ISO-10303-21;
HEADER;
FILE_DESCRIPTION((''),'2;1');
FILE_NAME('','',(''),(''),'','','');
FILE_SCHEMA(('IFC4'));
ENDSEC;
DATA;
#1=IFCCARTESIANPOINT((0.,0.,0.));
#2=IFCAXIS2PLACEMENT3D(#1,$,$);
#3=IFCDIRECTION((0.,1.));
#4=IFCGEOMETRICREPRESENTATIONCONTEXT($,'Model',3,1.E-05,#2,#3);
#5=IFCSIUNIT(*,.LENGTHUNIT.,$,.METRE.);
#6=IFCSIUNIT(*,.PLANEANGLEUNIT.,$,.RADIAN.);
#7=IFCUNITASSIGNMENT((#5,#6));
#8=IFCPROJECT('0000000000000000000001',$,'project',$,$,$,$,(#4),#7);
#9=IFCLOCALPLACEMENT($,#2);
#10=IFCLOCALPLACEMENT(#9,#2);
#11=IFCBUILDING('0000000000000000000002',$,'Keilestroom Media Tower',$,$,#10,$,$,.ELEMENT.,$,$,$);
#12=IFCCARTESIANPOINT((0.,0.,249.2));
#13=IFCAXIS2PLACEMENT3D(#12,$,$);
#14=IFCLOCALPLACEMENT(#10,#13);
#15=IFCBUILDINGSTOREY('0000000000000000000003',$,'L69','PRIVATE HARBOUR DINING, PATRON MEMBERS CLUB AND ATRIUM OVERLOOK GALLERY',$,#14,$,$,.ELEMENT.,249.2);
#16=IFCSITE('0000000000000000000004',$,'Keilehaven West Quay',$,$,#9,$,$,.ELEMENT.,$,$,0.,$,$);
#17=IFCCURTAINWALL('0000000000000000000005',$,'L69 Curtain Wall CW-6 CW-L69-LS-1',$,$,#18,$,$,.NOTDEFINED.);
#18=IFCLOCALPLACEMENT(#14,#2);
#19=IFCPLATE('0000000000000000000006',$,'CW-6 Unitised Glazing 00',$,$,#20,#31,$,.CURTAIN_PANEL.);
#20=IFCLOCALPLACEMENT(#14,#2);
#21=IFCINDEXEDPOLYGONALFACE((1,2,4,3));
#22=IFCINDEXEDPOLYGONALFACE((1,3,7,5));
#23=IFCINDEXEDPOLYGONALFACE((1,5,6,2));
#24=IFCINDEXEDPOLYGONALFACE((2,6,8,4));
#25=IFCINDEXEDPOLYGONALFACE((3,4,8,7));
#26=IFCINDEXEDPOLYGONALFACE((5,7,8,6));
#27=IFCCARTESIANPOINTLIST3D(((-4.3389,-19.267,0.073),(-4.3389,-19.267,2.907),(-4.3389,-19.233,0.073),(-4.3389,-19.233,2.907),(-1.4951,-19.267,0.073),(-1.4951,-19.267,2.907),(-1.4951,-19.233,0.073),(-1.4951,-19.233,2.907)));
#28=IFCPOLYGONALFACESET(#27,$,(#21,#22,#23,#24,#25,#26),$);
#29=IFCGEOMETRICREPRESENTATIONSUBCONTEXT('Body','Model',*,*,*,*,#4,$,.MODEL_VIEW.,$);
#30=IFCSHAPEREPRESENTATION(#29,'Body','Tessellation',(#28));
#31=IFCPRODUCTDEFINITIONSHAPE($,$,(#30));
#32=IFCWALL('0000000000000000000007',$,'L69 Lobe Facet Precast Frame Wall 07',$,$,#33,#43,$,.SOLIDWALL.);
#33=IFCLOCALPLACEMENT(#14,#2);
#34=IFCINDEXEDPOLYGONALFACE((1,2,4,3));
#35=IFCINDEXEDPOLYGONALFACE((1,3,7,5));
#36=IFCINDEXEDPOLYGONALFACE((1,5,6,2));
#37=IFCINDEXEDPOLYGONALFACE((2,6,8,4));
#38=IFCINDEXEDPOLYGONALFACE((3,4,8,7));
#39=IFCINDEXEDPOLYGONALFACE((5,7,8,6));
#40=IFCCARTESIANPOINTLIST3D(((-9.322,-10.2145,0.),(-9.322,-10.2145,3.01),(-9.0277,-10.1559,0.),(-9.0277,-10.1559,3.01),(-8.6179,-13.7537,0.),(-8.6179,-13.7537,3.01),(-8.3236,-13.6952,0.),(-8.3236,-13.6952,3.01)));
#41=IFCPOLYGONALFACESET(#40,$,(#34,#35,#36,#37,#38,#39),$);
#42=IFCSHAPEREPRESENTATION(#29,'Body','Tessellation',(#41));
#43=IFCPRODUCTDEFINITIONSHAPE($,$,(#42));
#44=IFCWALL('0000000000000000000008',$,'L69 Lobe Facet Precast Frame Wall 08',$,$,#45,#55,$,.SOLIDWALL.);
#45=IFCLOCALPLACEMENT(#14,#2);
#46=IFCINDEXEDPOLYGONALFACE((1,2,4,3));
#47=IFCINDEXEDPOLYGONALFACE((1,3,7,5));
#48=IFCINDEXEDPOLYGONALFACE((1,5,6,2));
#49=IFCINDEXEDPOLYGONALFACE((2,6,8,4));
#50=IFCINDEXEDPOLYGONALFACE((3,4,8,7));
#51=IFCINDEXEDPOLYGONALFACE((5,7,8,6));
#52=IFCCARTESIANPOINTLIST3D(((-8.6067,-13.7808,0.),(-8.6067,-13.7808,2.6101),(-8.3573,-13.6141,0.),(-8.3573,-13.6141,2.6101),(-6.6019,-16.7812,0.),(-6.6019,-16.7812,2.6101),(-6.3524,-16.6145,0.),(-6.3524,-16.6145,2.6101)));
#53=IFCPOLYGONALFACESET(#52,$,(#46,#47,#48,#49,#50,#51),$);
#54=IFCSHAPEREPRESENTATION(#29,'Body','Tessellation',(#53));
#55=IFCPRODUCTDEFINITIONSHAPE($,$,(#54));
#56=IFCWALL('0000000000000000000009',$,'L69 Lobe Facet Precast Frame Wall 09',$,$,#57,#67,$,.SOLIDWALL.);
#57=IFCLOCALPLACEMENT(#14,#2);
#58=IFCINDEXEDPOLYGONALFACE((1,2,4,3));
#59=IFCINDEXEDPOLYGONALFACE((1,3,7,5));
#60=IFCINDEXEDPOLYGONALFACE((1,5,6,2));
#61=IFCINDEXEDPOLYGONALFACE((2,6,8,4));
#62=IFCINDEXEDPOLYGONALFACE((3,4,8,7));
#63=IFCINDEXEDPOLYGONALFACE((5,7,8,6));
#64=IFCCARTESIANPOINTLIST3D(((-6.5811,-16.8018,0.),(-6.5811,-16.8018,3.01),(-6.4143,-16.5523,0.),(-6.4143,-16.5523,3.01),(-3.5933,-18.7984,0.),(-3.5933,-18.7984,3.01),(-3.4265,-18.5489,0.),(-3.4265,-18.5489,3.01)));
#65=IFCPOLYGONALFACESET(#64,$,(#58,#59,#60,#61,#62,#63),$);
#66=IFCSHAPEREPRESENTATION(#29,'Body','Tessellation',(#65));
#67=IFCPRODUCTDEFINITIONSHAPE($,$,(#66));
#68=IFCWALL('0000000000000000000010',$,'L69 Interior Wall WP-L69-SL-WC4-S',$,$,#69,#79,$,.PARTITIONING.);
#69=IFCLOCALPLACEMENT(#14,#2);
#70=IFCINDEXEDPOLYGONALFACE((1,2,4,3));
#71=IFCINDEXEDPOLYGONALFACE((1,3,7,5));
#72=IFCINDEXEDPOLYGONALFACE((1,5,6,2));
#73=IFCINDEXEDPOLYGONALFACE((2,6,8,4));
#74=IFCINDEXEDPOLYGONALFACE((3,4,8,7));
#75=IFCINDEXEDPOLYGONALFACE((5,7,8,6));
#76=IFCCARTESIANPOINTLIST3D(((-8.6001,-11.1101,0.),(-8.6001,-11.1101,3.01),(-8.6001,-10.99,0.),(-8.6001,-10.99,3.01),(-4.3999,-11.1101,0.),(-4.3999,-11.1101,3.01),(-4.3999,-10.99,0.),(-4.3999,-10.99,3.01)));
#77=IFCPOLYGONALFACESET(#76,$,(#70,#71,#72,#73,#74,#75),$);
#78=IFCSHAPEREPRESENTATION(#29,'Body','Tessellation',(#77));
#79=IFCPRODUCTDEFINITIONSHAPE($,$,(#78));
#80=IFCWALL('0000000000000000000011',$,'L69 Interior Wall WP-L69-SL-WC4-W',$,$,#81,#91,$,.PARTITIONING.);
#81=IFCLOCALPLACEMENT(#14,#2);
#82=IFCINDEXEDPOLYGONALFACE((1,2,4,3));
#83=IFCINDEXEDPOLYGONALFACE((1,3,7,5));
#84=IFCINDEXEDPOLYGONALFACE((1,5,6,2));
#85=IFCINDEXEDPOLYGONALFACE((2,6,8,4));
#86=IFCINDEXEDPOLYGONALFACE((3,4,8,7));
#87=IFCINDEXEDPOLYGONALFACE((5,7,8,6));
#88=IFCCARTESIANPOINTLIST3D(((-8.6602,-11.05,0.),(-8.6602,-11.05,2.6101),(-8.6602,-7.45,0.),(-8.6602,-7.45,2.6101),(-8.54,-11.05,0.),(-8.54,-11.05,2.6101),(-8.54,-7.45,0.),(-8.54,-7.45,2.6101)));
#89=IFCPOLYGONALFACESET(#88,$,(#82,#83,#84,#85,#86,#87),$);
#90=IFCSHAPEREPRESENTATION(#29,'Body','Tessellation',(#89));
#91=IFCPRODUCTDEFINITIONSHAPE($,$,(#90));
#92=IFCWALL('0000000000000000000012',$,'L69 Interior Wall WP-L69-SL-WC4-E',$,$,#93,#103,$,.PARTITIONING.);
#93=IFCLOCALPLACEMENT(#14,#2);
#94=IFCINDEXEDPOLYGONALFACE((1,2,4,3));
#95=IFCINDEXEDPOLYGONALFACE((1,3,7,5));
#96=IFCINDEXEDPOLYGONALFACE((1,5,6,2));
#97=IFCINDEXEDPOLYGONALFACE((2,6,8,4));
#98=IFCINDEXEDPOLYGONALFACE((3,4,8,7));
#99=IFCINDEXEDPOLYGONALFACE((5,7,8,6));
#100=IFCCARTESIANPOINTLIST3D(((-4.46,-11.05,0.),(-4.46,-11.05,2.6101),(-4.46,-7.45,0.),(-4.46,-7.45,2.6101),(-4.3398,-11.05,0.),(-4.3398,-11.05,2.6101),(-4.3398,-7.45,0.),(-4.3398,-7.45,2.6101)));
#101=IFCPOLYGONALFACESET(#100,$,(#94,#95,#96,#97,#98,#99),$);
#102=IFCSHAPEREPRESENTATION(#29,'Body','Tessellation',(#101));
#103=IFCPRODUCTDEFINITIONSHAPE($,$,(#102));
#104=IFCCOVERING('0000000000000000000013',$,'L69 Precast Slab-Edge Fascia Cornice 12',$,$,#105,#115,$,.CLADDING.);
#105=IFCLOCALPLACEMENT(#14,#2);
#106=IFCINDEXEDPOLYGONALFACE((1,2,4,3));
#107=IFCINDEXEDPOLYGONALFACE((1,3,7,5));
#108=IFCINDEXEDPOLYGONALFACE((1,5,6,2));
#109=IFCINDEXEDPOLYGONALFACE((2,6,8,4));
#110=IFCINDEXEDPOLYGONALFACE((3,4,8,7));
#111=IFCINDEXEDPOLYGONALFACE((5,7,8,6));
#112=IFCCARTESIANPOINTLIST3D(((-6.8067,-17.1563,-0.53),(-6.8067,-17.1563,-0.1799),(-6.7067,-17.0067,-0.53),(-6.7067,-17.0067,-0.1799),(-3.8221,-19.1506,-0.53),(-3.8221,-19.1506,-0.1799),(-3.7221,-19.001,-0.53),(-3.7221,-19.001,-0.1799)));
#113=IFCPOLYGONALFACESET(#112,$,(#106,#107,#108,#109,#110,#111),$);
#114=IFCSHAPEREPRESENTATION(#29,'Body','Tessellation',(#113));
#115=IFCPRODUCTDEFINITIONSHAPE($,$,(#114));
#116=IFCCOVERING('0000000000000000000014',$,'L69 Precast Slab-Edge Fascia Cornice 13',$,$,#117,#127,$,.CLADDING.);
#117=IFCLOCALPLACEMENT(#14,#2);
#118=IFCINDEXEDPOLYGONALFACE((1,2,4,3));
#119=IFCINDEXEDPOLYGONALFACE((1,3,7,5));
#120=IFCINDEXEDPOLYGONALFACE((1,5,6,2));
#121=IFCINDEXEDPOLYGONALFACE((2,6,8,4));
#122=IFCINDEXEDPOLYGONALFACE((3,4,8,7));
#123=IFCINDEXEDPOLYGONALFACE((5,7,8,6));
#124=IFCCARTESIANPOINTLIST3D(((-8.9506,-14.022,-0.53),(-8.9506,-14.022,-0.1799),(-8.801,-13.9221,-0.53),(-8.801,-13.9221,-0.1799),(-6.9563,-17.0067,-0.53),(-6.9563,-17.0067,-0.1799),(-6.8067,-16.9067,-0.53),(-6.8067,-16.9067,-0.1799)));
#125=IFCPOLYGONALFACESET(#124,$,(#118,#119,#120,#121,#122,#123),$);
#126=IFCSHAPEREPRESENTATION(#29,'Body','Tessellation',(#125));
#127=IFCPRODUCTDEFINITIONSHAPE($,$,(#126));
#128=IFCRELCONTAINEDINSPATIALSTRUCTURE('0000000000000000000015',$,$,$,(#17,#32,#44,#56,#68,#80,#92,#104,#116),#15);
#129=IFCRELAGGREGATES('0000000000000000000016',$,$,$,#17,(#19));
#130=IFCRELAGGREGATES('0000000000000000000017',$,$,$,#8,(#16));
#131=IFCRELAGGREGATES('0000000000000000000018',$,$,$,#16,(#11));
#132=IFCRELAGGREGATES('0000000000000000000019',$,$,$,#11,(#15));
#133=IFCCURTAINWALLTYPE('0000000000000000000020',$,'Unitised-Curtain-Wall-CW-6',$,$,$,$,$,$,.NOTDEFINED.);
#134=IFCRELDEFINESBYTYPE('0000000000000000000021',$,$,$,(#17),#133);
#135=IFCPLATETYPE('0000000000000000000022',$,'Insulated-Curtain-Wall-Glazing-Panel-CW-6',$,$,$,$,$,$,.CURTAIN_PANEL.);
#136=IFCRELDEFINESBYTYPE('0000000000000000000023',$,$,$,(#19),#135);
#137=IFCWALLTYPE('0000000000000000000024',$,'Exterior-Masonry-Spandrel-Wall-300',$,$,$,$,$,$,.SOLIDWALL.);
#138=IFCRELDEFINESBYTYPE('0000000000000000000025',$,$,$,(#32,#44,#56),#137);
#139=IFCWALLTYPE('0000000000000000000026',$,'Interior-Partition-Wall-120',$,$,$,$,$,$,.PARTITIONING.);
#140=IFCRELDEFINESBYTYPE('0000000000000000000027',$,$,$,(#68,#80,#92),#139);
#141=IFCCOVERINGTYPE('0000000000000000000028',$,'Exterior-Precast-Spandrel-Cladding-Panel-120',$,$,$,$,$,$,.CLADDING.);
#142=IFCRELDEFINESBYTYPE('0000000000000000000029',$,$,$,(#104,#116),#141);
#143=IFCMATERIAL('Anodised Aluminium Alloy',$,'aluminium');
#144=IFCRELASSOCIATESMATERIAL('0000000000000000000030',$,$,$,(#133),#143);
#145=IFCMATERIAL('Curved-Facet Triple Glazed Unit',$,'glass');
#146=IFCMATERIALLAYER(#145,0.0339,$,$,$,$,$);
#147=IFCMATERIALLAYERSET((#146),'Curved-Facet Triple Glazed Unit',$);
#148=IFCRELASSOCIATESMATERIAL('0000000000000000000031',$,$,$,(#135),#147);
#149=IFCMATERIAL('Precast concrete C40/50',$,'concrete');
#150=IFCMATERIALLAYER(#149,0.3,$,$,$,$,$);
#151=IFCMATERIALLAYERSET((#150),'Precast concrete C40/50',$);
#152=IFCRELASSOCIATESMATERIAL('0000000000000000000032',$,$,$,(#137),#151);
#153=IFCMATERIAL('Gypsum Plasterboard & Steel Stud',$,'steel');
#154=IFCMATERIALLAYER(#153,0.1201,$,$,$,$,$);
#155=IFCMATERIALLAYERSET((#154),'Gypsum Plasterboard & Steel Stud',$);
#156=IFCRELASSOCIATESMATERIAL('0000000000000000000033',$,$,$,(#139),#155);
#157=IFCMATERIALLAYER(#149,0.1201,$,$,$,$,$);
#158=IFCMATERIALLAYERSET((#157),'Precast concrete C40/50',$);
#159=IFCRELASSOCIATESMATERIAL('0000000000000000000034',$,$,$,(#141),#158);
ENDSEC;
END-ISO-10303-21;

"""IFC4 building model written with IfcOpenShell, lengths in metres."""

from ifc_helpers import new_model, si_unit, direction, frame, frame_2d, origin, origin_2d, place, context, subcontext, project, spatial, rectangle, extrude, source, transform, mapped, material, layer, layer_set, type_object, element, aggregate, save


model = new_model("IFC4")

# Units and contexts
model_context = context("Model", 3, precision=1e-05, world=origin(), true_north=direction((0.0, 1.0)))
body_context = subcontext(model_context, "Body", "Model", "MODEL_VIEW")
ifc_project = project(units=[si_unit("LENGTHUNIT", "METRE"), si_unit("PLANEANGLEUNIT", "RADIAN")], contexts=[model_context])

# Site, building, storey
site_placement = place(None, origin())
site = spatial("IfcSite", under=ifc_project, at=site_placement, Name="Keilehaven West Quay", CompositionType="ELEMENT", RefElevation=0.0)
building_placement = place(site_placement, origin())
building = spatial("IfcBuilding", under=site, at=building_placement, Name="Keilestroom Media Tower", CompositionType="ELEMENT")
storey_placement = place(building_placement, frame((0.0, 0.0, 249.2)))
storey = spatial("IfcBuildingStorey", under=building, at=storey_placement, Name="L69", Description="PRIVATE HARBOUR DINING, PATRON MEMBERS CLUB AND ATRIUM OVERLOOK GALLERY", CompositionType="ELEMENT", Elevation=249.2)

# Curtain wall, plate
ifc_material_1 = material(Name="Anodised Aluminium Alloy", Category="aluminium")
curtain_wall_type = type_object("IfcCurtainWallType", Name="Unitised-Curtain-Wall-CW-6", PredefinedType="NOTDEFINED", material=ifc_material_1)
curtain_wall_placement = place(storey_placement, origin())
curtain_wall = element("IfcCurtainWall", 1, at=curtain_wall_placement, inside=storey, type_object=curtain_wall_type, Name="L69 Curtain Wall CW-6 CW-L69-LS-1", PredefinedType="NOTDEFINED")
ifc_material_2 = material(Name="Curved-Facet Triple Glazed Unit", Category="glass")
ifc_layer_1 = layer(ifc_material_2, 0.0339)
ifc_layer_set_1 = layer_set([ifc_layer_1], Name="Curved-Facet Triple Glazed Unit")
plate_type = type_object("IfcPlateType", Name="Insulated-Curtain-Wall-Glazing-Panel-CW-6", PredefinedType="CURTAIN_PANEL", material=ifc_layer_set_1)
shared_shape_1 = source(origin(), body_context, "Body", "SweptSolid", [
    extrude(rectangle(XDim=2.8438, YDim=0.0339, at=origin_2d()), origin(), (0.0, 0.0, 1.0), 2.834),
])
plate_placement = place(storey_placement, frame((-2.917, -19.25, 0.073), z_axis=(0.0, 0.0, 1.0), x_axis=(1.0, 0.0, 0.0)))
plate = element("IfcPlate", 2, at=plate_placement, type_object=plate_type, Name="CW-6 Unitised Glazing 00", PredefinedType="CURTAIN_PANEL", context=body_context, shape_type="MappedRepresentation", body=[
    mapped(shared_shape_1, transform((0.0, 0.0, 0.0), x_axis=(1.0, 0.0, 0.0), y_axis=(0.0, 1.0, 0.0), z_axis=(0.0, 0.0, 1.0), scale=1.0)),
])
aggregate(curtain_wall, [plate])

# Walls
ifc_material_3 = material(Name="Precast concrete C40/50", Category="concrete")
ifc_layer_2 = layer(ifc_material_3, 0.3)
ifc_layer_set_2 = layer_set([ifc_layer_2], Name="Precast concrete C40/50")
wall_type_1 = type_object("IfcWallType", Name="Exterior-Masonry-Spandrel-Wall-300", PredefinedType="SOLIDWALL", material=ifc_layer_set_2)
wall_1_placement = place(storey_placement, frame((-9.1748, -10.1853, 0.0), z_axis=(0.0, 0.0, 1.0), x_axis=(0.195114, -0.980781, 0.0)))
element("IfcWall", 3, at=wall_1_placement, inside=storey, type_object=wall_type_1, Name="L69 Lobe Facet Precast Frame Wall 07", PredefinedType="SOLIDWALL", context=body_context, shape_type="SweptSolid", body=[
    extrude(rectangle(XDim=3.6086, YDim=0.3, at=frame_2d((1.8042, 0.0))), origin(), (0.0, 0.0, 1.0), 3.01),
])
wall_2_placement = place(storey_placement, frame((-8.4819, -13.6975, 0.0), z_axis=(0.0, 0.0, 1.0), x_axis=(0.555574, -0.831467, 0.0)))
element("IfcWall", 4, at=wall_2_placement, inside=storey, type_object=wall_type_1, Name="L69 Lobe Facet Precast Frame Wall 08", PredefinedType="SOLIDWALL", context=body_context, shape_type="SweptSolid", body=[
    extrude(rectangle(XDim=3.6086, YDim=0.3, at=frame_2d((1.8042, 0.0))), origin(), (0.0, 0.0, 1.0), 2.6101),
])
wall_3_placement = place(storey_placement, frame((-6.4978, -16.677, 0.0), z_axis=(0.0, 0.0, 1.0), x_axis=(0.831444, -0.555609, 0.0)))
element("IfcWall", 5, at=wall_3_placement, inside=storey, type_object=wall_type_1, Name="L69 Lobe Facet Precast Frame Wall 09", PredefinedType="SOLIDWALL", context=body_context, shape_type="SweptSolid", body=[
    extrude(rectangle(XDim=3.5935, YDim=0.3, at=frame_2d((1.7969, 0.0))), origin(), (0.0, 0.0, 1.0), 3.01),
])
ifc_material_4 = material(Name="Gypsum Plasterboard & Steel Stud", Category="steel")
ifc_layer_3 = layer(ifc_material_4, 0.1201)
ifc_layer_set_3 = layer_set([ifc_layer_3], Name="Gypsum Plasterboard & Steel Stud")
wall_type_2 = type_object("IfcWallType", Name="Interior-Partition-Wall-120", PredefinedType="PARTITIONING", material=ifc_layer_set_3)
wall_4_placement = place(storey_placement, frame((-8.6001, -11.05, 0.0), z_axis=(0.0, 0.0, 1.0), x_axis=(1.0, 0.0, 0.0)))
element("IfcWall", 6, at=wall_4_placement, inside=storey, type_object=wall_type_2, Name="L69 Interior Wall WP-L69-SL-WC4-S", PredefinedType="PARTITIONING", context=body_context, shape_type="SweptSolid", body=[
    extrude(rectangle(XDim=4.2002, YDim=0.1201, at=frame_2d((2.1001, 0.0))), origin(), (0.0, 0.0, 1.0), 3.01),
])
for number, where, z_axis, x_axis, name in (
    (7, (-8.6001, -11.05, 0.0), (0.0, 0.0, 1.0), (0.0, 1.0, 0.0), "L69 Interior Wall WP-L69-SL-WC4-W"),
    (8, (-4.3999, -11.05, 0.0), (0.0, 0.0, 1.0), (0.0, 1.0, 0.0), "L69 Interior Wall WP-L69-SL-WC4-E"),
):
    element("IfcWall", number, at=place(storey_placement, frame(where, z_axis=z_axis, x_axis=x_axis)), inside=storey, type_object=wall_type_2, Name=name, PredefinedType="PARTITIONING", context=body_context, shape_type="SweptSolid", body=[
        extrude(rectangle(XDim=3.6001, YDim=0.1201, at=frame_2d((1.8, 0.0))), origin(), (0.0, 0.0, 1.0), 2.6101),
    ])

# Coverings
ifc_layer_4 = layer(ifc_material_3, 0.1201)
ifc_layer_set_4 = layer_set([ifc_layer_4], Name="Precast concrete C40/50")
covering_type = type_object("IfcCoveringType", Name="Exterior-Precast-Spandrel-Cladding-Panel-120", PredefinedType="CLADDING", material=ifc_layer_set_4)
shared_shape_2 = source(origin(), body_context, "Body", "SweptSolid", [
    extrude(rectangle(XDim=3.5896, YDim=0.1799, at=origin_2d()), origin(), (0.0, 0.0, 1.0), 0.3501),
])
for number, where, z_axis, x_axis, name in (
    (9, (-5.2644, -18.0786, -0.53), (0.0, 0.0, 1.0), (-0.831467, 0.555575, 0.0), "L69 Precast Slab-Edge Fascia Cornice 12"),
    (10, (-7.8787, -15.4644, -0.53), (0.0, 0.0, 1.0), (-0.555575, 0.831467, 0.0), "L69 Precast Slab-Edge Fascia Cornice 13"),
):
    element("IfcCovering", number, at=place(storey_placement, frame(where, z_axis=z_axis, x_axis=x_axis)), inside=storey, type_object=covering_type, Name=name, PredefinedType="CLADDING", context=body_context, shape_type="MappedRepresentation", body=[
        mapped(shared_shape_2, transform((0.0, 0.0, 0.0), x_axis=(1.0, 0.0, 0.0), y_axis=(0.0, 1.0, 0.0), z_axis=(0.0, 0.0, 1.0), scale=1.0)),
    ])

save(model, "model.ifc")
